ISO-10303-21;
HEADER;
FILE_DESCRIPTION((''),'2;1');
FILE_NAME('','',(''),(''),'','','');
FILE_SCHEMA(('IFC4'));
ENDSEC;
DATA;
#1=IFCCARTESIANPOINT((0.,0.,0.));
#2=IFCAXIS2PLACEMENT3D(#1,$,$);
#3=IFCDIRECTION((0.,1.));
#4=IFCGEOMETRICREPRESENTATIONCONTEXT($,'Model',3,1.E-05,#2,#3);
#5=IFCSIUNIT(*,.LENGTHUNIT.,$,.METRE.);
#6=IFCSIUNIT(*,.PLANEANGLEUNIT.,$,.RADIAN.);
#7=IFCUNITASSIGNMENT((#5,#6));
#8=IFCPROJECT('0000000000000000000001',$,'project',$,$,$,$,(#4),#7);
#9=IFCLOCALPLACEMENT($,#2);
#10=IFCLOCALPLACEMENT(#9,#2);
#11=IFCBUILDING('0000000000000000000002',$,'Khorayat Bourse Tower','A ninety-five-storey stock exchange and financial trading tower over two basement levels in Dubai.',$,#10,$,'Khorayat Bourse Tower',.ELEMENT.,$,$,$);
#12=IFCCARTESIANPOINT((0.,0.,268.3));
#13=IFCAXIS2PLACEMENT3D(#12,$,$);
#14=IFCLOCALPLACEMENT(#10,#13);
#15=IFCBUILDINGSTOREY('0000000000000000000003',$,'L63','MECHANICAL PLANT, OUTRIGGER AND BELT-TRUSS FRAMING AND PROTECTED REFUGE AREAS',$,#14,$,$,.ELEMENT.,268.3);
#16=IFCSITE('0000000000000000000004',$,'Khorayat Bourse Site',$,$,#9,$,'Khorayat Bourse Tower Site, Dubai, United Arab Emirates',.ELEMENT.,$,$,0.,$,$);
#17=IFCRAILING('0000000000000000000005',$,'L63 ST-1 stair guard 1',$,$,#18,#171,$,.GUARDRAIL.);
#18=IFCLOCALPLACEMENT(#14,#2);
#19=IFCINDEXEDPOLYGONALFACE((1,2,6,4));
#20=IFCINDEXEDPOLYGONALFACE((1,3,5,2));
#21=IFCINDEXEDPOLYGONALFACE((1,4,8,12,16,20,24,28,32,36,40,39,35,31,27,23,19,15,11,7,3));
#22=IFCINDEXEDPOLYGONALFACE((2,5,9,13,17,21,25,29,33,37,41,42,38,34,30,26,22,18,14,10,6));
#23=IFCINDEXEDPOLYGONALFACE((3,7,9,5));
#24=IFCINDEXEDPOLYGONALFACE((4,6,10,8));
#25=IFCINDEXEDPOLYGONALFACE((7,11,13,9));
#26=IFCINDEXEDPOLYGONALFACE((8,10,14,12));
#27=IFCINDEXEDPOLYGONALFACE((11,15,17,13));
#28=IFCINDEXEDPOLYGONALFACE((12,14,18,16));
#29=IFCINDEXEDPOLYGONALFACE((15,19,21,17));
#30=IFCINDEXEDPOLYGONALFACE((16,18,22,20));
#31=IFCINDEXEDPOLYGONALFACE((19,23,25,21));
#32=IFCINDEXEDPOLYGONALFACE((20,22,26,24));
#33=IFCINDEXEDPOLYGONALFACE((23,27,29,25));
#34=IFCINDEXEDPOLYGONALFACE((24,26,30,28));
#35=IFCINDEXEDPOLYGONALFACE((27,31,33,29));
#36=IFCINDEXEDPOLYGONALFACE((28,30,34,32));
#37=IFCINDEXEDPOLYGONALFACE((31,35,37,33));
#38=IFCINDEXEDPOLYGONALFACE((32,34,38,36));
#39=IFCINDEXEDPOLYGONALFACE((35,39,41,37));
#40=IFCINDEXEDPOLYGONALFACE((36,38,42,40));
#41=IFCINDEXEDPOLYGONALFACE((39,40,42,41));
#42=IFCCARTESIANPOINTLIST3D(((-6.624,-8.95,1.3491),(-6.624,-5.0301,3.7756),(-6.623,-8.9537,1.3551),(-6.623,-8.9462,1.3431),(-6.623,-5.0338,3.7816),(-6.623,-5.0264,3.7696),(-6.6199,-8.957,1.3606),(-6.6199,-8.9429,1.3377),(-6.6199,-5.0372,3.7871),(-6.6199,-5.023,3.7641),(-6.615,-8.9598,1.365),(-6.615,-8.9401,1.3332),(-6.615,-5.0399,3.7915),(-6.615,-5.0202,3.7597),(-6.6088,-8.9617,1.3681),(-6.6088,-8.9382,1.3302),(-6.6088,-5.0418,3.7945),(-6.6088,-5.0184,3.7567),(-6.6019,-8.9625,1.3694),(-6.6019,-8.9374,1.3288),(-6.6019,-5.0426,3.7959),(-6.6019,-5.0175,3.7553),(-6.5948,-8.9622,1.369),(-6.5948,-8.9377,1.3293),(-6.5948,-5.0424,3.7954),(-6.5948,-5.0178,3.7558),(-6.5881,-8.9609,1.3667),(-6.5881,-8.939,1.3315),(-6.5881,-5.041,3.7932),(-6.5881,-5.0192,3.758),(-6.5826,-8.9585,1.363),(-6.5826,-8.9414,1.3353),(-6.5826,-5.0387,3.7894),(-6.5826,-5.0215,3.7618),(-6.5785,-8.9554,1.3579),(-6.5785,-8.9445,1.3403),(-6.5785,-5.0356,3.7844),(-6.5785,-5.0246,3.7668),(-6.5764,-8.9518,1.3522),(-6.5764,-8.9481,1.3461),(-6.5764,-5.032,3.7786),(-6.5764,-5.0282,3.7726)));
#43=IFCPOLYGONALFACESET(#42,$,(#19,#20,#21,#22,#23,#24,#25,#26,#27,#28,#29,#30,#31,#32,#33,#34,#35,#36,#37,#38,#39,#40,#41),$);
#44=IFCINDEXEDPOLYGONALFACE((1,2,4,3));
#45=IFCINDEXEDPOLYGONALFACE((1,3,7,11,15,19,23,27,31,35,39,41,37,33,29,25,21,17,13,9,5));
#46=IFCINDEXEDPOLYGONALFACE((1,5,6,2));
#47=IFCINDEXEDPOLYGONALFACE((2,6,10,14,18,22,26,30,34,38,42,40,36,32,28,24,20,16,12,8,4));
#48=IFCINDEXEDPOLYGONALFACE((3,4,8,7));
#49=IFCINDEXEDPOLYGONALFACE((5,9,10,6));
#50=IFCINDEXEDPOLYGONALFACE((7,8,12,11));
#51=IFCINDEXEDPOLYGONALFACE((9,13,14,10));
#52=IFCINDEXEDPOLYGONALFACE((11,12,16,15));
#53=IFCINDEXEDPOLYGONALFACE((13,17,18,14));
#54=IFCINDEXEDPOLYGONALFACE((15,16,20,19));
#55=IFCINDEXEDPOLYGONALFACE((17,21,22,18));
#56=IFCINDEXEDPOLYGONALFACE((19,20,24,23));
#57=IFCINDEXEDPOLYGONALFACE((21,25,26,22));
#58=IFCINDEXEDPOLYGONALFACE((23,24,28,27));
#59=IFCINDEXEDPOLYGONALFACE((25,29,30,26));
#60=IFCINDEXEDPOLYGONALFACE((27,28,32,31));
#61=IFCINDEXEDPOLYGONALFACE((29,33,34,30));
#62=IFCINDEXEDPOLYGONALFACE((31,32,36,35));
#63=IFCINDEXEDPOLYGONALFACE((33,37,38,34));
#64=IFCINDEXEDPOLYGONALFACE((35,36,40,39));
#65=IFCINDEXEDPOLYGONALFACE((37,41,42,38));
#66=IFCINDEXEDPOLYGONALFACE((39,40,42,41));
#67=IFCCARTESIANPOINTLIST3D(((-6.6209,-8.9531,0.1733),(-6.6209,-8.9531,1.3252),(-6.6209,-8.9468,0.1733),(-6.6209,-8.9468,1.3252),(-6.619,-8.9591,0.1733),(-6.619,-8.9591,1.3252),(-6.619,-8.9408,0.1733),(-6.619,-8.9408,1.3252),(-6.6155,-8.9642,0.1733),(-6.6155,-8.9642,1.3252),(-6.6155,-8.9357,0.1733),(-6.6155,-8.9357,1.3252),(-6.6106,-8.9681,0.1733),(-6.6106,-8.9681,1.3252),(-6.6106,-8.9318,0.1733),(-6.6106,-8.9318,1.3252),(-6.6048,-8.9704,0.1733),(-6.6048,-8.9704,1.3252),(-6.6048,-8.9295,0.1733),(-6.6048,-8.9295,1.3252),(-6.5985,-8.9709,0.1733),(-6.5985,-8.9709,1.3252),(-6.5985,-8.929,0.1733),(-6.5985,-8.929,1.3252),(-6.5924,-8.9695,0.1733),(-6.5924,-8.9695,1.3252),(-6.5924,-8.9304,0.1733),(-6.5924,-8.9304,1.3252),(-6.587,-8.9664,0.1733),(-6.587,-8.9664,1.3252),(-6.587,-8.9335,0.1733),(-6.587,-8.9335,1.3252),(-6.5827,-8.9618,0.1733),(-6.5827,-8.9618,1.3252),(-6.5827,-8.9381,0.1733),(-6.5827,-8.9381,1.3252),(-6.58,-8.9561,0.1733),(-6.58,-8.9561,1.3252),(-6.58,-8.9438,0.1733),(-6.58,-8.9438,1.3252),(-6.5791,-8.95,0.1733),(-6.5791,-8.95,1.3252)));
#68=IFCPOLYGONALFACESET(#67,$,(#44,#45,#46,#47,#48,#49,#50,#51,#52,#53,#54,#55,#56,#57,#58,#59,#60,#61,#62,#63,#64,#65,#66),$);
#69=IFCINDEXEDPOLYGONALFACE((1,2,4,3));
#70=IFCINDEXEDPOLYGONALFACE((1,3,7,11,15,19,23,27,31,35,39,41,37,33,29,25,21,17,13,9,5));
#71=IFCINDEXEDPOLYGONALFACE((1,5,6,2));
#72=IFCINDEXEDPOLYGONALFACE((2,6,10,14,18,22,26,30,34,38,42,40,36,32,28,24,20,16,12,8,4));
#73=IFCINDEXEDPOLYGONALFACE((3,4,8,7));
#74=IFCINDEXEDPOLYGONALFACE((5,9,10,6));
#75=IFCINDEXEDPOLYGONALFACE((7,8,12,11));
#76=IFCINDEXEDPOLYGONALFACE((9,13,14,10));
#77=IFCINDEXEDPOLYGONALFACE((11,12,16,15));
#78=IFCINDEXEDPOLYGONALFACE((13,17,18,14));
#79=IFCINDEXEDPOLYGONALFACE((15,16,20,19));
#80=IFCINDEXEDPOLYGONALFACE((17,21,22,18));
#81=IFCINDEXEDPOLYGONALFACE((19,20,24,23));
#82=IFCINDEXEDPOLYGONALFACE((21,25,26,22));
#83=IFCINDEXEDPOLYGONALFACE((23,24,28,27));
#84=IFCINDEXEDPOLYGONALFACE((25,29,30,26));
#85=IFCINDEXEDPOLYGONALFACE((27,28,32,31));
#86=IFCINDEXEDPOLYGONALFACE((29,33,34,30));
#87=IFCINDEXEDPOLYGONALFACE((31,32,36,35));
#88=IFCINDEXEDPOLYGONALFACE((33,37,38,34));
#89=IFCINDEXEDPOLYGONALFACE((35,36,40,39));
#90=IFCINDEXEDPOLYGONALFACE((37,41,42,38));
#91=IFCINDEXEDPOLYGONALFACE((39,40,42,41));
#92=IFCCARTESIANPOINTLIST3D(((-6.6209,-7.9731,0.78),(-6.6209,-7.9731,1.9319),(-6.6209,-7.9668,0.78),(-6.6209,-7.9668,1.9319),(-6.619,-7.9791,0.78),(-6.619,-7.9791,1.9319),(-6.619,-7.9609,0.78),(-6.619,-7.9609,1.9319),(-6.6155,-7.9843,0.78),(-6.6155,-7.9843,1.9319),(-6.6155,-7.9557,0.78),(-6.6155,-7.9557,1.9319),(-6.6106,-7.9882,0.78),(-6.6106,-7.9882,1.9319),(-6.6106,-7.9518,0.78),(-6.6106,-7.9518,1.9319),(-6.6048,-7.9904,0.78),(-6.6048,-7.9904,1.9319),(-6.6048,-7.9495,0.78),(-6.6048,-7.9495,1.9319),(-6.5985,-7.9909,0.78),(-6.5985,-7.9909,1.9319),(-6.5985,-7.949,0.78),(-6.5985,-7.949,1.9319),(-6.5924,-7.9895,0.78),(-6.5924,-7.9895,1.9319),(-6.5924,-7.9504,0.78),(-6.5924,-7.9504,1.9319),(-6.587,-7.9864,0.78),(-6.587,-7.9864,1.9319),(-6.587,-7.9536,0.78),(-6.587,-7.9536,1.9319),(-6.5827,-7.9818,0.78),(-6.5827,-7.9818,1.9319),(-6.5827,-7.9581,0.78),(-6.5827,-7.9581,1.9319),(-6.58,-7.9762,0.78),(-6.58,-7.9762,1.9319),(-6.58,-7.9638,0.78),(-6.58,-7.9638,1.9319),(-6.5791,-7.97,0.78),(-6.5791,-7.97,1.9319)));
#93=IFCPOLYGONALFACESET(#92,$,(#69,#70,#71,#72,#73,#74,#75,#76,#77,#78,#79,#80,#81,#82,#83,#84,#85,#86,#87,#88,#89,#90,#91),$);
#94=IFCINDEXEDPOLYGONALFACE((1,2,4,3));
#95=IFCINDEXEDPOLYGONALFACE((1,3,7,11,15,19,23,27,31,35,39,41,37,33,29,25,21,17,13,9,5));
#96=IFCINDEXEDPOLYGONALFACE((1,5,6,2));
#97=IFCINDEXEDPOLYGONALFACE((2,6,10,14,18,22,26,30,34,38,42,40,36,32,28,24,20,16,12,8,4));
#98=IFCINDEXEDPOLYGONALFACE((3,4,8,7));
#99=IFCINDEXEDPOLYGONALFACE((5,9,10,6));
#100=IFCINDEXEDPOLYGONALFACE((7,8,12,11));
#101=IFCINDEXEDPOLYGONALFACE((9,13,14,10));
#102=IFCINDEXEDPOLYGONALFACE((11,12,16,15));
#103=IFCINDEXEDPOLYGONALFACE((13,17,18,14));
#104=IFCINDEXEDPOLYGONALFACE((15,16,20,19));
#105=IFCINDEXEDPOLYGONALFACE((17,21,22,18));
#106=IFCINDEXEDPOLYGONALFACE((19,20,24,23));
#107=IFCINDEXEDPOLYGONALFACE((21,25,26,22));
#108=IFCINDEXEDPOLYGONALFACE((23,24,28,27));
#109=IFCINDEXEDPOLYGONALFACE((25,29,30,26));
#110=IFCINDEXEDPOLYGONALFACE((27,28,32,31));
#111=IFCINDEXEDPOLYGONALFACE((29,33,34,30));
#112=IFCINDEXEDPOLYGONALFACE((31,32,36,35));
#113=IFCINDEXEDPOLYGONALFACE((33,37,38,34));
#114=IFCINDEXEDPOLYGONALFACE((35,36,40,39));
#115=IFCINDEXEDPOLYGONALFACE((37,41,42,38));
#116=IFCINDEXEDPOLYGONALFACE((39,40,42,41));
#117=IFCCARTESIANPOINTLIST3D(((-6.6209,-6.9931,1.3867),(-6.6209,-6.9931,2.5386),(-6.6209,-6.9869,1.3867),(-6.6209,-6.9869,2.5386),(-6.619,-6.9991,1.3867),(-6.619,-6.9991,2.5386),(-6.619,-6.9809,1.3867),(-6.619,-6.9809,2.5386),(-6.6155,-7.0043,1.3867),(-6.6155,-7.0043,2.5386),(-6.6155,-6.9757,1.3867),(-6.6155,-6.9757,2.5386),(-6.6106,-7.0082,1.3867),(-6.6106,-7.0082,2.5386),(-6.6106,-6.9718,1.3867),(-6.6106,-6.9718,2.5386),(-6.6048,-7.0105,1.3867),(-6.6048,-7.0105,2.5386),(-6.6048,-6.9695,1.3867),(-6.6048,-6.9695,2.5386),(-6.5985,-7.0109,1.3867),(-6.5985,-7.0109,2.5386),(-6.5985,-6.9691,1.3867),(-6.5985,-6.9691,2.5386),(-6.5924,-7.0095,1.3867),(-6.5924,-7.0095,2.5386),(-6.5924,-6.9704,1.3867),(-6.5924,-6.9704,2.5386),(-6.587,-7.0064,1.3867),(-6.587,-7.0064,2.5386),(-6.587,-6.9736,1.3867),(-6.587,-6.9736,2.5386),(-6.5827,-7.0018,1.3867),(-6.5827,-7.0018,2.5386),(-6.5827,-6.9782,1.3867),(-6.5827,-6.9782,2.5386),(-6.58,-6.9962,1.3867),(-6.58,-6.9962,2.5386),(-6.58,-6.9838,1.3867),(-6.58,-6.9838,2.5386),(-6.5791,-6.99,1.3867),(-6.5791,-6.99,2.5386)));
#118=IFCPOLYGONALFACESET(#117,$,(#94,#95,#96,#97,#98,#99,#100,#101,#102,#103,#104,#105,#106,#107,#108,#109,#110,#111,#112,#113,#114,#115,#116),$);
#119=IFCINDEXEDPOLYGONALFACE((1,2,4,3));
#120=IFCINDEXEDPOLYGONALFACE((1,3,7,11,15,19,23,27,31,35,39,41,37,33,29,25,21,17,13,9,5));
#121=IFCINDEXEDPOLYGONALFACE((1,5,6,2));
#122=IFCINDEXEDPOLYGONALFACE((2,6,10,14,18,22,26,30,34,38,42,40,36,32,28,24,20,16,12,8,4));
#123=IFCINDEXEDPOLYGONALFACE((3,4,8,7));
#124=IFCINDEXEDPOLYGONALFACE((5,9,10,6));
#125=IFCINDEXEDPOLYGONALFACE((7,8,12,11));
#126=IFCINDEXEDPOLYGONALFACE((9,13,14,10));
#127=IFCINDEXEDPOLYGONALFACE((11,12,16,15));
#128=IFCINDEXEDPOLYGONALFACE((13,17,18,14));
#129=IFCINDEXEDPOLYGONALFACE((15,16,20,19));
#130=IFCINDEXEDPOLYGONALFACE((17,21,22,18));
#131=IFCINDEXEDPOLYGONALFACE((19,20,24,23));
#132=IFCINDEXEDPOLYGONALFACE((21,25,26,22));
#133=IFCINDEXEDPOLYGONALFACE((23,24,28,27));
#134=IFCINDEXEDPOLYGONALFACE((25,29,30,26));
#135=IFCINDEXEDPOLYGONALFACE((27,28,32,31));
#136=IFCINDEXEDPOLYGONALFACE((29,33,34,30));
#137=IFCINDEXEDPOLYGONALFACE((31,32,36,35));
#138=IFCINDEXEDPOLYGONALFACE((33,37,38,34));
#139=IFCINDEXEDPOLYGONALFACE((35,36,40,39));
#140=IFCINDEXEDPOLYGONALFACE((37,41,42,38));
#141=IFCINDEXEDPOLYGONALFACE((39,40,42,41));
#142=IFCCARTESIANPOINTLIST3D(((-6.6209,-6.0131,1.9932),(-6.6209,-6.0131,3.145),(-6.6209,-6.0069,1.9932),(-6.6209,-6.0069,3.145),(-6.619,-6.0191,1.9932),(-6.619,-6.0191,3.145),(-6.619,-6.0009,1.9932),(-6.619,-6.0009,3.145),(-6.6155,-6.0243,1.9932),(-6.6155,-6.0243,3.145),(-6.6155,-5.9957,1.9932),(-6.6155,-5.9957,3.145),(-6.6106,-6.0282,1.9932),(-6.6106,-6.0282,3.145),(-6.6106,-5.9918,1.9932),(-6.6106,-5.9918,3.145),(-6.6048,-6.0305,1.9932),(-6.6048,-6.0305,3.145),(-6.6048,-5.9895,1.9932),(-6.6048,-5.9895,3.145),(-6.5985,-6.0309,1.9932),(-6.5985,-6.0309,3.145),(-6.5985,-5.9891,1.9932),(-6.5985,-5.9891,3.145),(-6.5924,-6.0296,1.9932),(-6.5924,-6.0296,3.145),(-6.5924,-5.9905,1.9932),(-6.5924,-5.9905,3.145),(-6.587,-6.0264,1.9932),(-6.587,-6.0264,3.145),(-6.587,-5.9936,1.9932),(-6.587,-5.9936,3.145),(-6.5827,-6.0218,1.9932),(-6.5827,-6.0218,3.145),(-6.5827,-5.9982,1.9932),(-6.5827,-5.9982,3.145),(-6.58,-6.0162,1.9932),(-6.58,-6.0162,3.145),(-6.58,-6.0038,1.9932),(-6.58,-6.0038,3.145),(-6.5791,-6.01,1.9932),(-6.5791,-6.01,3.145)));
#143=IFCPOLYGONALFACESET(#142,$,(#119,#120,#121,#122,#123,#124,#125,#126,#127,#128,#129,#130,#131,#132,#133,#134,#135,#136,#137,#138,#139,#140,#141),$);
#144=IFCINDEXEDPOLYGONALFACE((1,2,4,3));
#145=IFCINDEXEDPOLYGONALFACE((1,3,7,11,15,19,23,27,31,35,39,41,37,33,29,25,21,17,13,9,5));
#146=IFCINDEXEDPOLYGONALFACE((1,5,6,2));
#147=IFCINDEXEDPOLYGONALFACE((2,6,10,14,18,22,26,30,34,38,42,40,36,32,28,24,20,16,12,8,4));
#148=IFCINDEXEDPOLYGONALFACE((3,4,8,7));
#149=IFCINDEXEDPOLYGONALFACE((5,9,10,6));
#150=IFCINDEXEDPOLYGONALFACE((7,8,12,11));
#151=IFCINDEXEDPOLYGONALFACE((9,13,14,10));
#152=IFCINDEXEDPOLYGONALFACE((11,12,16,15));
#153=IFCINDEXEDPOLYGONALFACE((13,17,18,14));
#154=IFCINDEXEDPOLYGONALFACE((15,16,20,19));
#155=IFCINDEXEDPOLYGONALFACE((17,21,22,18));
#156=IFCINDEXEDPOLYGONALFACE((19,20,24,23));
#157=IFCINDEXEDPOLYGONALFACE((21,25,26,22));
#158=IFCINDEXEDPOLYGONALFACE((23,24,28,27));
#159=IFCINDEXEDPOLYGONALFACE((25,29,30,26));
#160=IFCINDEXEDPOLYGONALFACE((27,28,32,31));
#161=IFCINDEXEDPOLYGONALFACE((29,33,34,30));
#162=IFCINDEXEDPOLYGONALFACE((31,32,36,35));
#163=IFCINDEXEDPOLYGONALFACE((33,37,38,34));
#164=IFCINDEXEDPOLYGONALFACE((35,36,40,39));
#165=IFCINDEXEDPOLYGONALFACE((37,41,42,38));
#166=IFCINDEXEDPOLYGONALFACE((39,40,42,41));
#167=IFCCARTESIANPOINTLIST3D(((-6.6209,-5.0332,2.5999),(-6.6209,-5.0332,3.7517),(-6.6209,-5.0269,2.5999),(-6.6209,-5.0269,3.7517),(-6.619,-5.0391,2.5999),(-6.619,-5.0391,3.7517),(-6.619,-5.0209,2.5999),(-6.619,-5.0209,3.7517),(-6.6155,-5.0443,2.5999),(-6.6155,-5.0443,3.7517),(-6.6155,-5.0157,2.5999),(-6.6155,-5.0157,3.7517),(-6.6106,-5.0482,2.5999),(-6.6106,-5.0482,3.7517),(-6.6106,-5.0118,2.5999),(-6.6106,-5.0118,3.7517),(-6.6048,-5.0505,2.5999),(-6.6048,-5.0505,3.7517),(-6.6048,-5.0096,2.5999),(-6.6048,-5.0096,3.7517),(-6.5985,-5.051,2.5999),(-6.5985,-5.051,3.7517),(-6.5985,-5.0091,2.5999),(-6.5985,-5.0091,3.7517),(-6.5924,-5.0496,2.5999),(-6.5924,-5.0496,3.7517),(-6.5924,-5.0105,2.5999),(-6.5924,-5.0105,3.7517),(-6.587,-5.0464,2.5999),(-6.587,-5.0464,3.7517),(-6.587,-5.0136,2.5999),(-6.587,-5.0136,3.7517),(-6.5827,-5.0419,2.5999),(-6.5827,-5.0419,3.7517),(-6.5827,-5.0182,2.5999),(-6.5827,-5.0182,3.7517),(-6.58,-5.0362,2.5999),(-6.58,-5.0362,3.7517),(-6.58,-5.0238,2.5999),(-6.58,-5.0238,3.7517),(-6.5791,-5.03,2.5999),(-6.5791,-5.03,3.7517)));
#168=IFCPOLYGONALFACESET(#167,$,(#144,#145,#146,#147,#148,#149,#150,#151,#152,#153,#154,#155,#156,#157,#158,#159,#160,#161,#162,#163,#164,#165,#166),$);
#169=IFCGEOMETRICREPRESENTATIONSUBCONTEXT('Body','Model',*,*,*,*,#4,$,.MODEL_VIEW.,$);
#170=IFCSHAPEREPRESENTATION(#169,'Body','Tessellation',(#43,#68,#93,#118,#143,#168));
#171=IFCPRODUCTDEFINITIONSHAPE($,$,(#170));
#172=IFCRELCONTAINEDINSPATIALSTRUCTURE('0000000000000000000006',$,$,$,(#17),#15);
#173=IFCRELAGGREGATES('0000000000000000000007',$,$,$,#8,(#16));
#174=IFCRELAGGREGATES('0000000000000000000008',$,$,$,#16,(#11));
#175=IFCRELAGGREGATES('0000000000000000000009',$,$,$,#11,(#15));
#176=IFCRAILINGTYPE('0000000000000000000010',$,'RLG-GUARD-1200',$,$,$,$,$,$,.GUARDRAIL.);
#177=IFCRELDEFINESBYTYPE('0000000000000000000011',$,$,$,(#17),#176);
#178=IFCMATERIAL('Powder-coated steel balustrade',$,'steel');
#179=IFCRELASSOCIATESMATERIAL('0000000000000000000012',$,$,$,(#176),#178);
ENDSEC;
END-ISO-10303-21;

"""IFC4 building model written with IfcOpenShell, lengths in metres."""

from ifc_helpers import new_model, si_unit, direction, frame, origin, origin_2d, place, context, subcontext, project, spatial, circle, extrude, source, transform, mapped, material, type_object, element, save


model = new_model("IFC4")

# Units and contexts
model_context = context("Model", 3, precision=1e-05, world=origin(), true_north=direction((0.0, 1.0)))
body_context = subcontext(model_context, "Body", "Model", "MODEL_VIEW")
ifc_project = project(units=[si_unit("LENGTHUNIT", "METRE"), si_unit("PLANEANGLEUNIT", "RADIAN")], contexts=[model_context])

# Site, building, storey
site_placement = place(None, origin())
site = spatial("IfcSite", under=ifc_project, at=site_placement, Name="Khorayat Bourse Site", LongName="Khorayat Bourse Tower Site, Dubai, United Arab Emirates", CompositionType="ELEMENT", RefElevation=0.0)
building_placement = place(site_placement, origin())
building = spatial("IfcBuilding", under=site, at=building_placement, Name="Khorayat Bourse Tower", Description="A ninety-five-storey stock exchange and financial trading tower over two basement levels in Dubai.", LongName="Khorayat Bourse Tower", CompositionType="ELEMENT")
storey_placement = place(building_placement, frame((0.0, 0.0, 268.3)))
storey = spatial("IfcBuildingStorey", under=building, at=storey_placement, Name="L63", Description="MECHANICAL PLANT, OUTRIGGER AND BELT-TRUSS FRAMING AND PROTECTED REFUGE AREAS", CompositionType="ELEMENT", Elevation=268.3)

# Railing
ifc_material_1 = material(Name="Powder-coated steel balustrade", Category="steel")
railing_type_1 = type_object("IfcRailingType", Name="RLG-GUARD-1200", PredefinedType="GUARDRAIL", material=ifc_material_1)
shared_shape_1 = source(origin(), body_context, "Body", "SweptSolid", [
    extrude(circle(Radius=0.0239, at=origin_2d()), frame((0.0, 0.0, 1.1758), z_axis=(0.0, 0.850275, 0.526338), x_axis=(-1.0, 0.0, 0.0)), (0.0, 0.0, 1.0), 4.6101),
    extrude(circle(Radius=0.021, at=origin_2d()), origin(), (0.0, 0.0, 1.0), 1.1519),
    extrude(circle(Radius=0.021, at=origin_2d()), frame((0.0, 0.98, 0.6067)), (0.0, 0.0, 1.0), 1.1519),
    extrude(circle(Radius=0.021, at=origin_2d()), frame((0.0, 1.96, 1.2134)), (0.0, 0.0, 1.0), 1.1519),
    extrude(circle(Radius=0.021, at=origin_2d()), frame((0.0, 2.9399, 1.8198)), (0.0, 0.0, 1.0), 1.1519),
    extrude(circle(Radius=0.021, at=origin_2d()), frame((0.0, 3.9199, 2.4265)), (0.0, 0.0, 1.0), 1.1519),
])
railing_1_placement = place(storey_placement, frame((-6.6001, -8.95, 0.1733)))
element("IfcRailing", 1, at=railing_1_placement, inside=storey, type_object=railing_type_1, Name="L63 ST-1 stair guard 1", PredefinedType="GUARDRAIL", context=body_context, shape_type="MappedRepresentation", body=[
    mapped(shared_shape_1, transform((0.0, 0.0, 0.0), scale=1.0)),
])

save(model, "model.ifc")
